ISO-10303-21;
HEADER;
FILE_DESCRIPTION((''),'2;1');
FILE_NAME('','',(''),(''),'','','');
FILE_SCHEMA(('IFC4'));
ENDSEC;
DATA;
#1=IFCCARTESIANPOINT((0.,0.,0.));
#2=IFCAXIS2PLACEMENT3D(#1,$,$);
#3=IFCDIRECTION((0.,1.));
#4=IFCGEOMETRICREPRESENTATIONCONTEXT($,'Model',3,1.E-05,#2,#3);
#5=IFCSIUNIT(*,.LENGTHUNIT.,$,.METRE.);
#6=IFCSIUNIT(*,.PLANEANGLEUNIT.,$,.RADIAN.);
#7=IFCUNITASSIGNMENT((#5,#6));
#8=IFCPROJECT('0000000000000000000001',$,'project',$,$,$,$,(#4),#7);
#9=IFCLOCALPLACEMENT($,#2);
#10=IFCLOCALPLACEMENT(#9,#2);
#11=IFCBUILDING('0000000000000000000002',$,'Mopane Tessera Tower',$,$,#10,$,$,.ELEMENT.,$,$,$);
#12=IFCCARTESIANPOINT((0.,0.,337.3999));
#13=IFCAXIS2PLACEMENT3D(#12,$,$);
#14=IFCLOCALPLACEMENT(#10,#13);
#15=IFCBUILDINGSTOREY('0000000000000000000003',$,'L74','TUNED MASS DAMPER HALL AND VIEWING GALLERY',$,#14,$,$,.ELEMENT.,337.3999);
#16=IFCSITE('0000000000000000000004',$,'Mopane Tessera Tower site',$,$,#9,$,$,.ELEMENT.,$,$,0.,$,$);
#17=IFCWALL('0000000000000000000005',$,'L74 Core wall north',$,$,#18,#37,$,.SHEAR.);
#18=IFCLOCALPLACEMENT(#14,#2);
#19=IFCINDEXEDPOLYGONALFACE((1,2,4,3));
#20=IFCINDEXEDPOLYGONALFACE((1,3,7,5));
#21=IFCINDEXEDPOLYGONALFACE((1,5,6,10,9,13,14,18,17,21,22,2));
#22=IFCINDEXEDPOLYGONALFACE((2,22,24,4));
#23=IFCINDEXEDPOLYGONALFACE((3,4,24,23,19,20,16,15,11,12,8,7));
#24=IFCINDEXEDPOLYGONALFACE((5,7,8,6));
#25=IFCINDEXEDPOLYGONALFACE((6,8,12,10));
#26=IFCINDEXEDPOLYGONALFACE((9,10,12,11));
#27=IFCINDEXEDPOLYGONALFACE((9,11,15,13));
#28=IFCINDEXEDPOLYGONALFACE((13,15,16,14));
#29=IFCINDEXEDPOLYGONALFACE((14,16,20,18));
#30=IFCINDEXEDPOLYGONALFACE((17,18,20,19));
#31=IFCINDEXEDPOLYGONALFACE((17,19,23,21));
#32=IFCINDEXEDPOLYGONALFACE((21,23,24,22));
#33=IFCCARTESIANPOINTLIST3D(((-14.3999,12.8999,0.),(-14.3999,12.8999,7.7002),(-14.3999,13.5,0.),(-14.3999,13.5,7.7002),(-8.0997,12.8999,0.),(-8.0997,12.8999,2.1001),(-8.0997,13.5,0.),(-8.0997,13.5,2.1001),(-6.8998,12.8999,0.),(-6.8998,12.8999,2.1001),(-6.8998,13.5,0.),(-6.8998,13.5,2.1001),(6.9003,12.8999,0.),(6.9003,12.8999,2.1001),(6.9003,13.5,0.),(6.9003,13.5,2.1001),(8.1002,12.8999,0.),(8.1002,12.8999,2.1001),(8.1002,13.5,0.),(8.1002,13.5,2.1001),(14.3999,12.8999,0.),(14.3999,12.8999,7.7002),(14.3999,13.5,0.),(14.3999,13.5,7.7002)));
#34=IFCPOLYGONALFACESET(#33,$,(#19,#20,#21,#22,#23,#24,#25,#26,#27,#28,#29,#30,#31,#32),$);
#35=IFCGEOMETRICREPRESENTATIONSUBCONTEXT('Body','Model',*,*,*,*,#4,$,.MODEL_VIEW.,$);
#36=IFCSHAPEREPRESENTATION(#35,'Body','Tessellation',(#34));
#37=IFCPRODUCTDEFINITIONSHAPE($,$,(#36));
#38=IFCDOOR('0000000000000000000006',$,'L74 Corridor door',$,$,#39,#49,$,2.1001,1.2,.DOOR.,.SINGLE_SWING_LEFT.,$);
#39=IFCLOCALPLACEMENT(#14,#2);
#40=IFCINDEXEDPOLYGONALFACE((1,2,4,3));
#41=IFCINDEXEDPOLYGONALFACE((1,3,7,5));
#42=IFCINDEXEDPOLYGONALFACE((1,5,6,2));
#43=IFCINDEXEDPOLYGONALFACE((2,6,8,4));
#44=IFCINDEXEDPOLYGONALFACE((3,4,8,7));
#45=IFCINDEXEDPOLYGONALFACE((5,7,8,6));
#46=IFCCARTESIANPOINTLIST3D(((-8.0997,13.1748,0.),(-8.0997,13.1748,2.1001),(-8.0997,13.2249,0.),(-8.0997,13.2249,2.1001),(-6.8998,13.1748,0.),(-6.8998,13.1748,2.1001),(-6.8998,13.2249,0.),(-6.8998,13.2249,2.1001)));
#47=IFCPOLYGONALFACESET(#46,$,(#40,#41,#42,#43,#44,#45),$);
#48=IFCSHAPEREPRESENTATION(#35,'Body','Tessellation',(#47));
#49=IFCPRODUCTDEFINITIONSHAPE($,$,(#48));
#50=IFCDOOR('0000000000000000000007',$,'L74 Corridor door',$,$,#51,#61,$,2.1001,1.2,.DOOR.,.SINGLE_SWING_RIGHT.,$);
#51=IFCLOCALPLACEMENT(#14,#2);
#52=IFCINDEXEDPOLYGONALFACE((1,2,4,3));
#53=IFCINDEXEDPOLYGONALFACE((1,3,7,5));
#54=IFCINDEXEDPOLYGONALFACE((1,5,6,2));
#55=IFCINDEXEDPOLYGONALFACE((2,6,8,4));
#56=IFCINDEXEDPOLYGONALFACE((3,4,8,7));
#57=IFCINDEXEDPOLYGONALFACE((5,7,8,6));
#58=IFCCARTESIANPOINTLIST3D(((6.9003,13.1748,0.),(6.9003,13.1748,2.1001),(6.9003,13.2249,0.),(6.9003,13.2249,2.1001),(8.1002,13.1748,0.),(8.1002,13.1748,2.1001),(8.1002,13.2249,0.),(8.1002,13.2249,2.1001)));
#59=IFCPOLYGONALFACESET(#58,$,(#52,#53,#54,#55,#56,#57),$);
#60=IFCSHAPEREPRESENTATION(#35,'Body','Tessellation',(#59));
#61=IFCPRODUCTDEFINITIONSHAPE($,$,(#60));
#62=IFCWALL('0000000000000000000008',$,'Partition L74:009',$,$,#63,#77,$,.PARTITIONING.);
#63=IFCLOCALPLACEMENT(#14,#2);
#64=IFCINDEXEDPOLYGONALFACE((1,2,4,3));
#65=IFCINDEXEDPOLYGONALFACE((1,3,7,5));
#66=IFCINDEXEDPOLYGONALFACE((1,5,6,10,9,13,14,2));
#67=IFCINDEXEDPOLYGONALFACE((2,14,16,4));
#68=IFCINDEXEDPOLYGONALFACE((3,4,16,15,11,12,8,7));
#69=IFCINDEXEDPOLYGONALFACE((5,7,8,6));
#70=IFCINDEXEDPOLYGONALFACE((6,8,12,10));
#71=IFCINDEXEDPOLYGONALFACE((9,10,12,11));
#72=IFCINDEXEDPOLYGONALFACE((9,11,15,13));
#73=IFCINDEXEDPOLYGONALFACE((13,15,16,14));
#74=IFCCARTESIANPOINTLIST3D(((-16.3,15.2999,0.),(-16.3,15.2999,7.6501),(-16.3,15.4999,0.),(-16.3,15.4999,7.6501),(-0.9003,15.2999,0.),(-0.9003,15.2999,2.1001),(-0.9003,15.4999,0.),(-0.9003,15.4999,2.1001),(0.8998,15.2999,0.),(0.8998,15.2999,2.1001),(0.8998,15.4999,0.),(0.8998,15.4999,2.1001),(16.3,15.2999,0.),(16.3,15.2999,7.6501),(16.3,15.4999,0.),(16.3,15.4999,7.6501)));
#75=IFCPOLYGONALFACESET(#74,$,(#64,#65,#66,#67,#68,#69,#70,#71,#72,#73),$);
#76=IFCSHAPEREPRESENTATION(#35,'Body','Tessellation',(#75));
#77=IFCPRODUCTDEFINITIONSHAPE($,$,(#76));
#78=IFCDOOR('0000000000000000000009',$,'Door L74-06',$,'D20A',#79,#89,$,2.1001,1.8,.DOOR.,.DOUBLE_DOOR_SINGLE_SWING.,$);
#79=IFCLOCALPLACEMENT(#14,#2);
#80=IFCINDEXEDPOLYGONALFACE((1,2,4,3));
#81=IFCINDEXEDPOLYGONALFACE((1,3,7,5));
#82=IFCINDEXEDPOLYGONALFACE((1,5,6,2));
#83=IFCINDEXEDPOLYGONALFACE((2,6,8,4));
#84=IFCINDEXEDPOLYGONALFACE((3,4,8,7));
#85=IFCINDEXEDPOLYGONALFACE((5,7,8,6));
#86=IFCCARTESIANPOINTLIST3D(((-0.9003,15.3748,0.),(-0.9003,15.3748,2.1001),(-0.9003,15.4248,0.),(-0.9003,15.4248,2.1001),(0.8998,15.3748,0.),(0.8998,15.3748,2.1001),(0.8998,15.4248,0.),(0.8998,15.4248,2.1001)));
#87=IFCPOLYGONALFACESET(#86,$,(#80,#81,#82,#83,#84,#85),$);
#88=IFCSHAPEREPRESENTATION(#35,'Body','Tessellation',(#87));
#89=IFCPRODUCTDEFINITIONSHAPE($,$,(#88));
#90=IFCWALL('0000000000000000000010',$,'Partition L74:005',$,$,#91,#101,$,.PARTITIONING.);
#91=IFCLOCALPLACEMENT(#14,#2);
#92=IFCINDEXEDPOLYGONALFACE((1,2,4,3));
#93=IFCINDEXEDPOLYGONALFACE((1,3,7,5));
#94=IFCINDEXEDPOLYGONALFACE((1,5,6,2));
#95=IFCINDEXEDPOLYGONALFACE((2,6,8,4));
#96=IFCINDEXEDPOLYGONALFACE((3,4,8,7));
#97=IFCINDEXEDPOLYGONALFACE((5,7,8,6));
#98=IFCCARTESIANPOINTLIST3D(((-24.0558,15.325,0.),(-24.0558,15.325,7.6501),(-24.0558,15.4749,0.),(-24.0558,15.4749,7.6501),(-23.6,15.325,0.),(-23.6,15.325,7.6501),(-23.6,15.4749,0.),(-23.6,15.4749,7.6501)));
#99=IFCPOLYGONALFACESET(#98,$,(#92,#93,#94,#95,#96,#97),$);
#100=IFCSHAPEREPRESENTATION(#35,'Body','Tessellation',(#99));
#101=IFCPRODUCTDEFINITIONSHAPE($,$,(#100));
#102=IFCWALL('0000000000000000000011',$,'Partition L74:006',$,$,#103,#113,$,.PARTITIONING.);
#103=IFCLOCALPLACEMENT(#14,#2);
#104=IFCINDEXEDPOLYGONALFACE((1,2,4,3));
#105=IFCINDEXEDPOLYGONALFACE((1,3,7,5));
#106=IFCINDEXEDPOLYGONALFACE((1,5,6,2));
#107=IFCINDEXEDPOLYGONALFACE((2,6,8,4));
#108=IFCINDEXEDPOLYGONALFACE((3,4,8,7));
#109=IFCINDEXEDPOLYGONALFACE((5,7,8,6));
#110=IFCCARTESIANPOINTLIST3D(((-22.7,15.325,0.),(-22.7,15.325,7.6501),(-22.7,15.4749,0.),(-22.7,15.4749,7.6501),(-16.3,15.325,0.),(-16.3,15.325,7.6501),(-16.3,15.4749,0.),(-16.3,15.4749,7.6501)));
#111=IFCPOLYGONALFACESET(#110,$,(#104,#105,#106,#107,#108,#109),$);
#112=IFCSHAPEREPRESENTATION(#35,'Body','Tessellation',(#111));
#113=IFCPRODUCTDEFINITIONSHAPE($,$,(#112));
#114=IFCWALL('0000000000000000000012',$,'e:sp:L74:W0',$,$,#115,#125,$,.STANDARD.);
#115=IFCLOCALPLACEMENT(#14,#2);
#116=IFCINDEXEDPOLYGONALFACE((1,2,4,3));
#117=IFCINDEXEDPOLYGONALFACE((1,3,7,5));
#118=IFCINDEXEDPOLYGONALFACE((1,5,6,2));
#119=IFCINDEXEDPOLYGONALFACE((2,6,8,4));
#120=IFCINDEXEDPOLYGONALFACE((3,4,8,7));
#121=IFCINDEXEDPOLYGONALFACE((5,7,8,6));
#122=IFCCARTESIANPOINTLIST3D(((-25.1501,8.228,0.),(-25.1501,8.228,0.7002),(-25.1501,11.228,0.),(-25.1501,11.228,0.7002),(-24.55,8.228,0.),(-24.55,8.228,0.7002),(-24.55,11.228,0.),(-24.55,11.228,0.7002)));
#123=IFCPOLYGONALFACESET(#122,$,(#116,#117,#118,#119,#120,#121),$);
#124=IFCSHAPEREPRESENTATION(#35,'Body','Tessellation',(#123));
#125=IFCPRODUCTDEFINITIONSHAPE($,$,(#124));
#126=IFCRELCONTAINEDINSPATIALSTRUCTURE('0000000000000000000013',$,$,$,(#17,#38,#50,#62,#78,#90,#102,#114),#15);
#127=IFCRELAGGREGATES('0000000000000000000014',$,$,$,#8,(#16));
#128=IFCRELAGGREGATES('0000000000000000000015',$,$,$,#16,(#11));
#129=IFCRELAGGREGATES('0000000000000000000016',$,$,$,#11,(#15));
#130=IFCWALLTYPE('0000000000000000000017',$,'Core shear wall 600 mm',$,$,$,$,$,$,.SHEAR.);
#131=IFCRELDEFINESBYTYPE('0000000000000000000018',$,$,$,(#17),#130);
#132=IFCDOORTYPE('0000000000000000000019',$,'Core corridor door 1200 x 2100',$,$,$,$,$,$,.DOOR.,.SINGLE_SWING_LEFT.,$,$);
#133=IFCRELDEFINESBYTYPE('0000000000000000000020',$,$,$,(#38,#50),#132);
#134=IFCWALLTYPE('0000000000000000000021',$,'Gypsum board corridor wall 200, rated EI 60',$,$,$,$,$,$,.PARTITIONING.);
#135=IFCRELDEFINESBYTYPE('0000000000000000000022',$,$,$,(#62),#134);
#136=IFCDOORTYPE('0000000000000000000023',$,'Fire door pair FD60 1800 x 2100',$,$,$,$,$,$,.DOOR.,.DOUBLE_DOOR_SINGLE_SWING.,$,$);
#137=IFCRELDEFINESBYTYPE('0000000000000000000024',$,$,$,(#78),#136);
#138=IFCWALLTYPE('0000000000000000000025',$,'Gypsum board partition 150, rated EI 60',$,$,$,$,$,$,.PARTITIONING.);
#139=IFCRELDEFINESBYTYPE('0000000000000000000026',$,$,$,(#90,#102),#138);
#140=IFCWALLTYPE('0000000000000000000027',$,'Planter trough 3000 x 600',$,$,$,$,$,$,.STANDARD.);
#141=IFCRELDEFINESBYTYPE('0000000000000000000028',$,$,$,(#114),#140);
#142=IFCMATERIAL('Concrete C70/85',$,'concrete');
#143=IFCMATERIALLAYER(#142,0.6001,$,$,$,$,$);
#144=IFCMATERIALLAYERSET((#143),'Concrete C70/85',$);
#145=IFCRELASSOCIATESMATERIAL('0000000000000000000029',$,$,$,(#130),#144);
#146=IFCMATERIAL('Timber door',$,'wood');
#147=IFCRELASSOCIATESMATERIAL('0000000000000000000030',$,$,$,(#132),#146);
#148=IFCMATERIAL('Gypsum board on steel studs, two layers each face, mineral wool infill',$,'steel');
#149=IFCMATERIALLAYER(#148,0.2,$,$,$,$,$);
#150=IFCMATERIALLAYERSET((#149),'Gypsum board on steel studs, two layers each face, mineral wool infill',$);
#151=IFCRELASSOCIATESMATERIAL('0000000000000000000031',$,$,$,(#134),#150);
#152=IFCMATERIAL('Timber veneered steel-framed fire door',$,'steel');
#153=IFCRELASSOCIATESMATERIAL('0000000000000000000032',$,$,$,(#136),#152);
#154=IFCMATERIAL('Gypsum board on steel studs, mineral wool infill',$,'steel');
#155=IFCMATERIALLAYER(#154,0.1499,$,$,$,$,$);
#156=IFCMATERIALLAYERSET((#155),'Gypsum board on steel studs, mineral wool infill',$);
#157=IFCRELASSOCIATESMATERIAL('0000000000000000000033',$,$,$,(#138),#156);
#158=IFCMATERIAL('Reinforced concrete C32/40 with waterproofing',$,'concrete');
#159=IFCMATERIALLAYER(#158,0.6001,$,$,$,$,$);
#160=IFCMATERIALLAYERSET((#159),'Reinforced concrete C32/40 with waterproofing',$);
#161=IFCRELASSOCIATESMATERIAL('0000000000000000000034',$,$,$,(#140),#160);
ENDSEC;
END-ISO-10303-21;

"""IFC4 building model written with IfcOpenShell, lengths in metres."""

from ifc_helpers import new_model, si_unit, direction, frame, frame_2d, origin, place, context, subcontext, project, spatial, rectangle, extrude, material, layer, layer_set, type_object, element, fill, save


model = new_model("IFC4")

# Units and contexts
model_context = context("Model", 3, precision=1e-05, world=origin(), true_north=direction((0.0, 1.0)))
body_context = subcontext(model_context, "Body", "Model", "MODEL_VIEW")
ifc_project = project(units=[si_unit("LENGTHUNIT", "METRE"), si_unit("PLANEANGLEUNIT", "RADIAN")], contexts=[model_context])

# Site, building, storey
site_placement = place(None, origin())
site = spatial("IfcSite", under=ifc_project, at=site_placement, Name="Mopane Tessera Tower site", CompositionType="ELEMENT", RefElevation=0.0)
building_placement = place(site_placement, origin())
building = spatial("IfcBuilding", under=site, at=building_placement, Name="Mopane Tessera Tower", CompositionType="ELEMENT")
storey_placement = place(building_placement, frame((0.0, 0.0, 337.3999)))
storey = spatial("IfcBuildingStorey", under=building, at=storey_placement, Name="L74", Description="TUNED MASS DAMPER HALL AND VIEWING GALLERY", CompositionType="ELEMENT", Elevation=337.3999)

# Wall, openings, doors
ifc_material_1 = material(Name="Concrete C70/85", Category="concrete")
ifc_layer_1 = layer(ifc_material_1, 0.6001)
ifc_layer_set_1 = layer_set([ifc_layer_1], Name="Concrete C70/85")
wall_type_1 = type_object("IfcWallType", Name="Core shear wall 600 mm", PredefinedType="SHEAR", material=ifc_layer_set_1)
wall_1_placement = place(storey_placement, frame((-14.3999, 13.2, 0.0), z_axis=(0.0, 0.0, 1.0), x_axis=(1.0, 0.0, 0.0)))
wall_1 = element("IfcWall", 1, at=wall_1_placement, inside=storey, type_object=wall_type_1, Name="L74 Core wall north", PredefinedType="SHEAR", context=body_context, shape_type="SweptSolid", body=[
    extrude(rectangle(XDim=28.7998, YDim=0.6001, at=frame_2d((14.3999, 0.0))), origin(), (0.0, 0.0, 1.0), 7.7002),
])
opening_1_placement = place(wall_1_placement, frame((6.3, 0.0, 0.0)))
opening_1 = element("IfcOpeningElement", 2, at=opening_1_placement, cuts=wall_1, PredefinedType="OPENING", context=body_context, shape_type="SweptSolid", body=[
    extrude(rectangle(XDim=1.2, YDim=2.1001, at=frame_2d((0.6001, 1.05))), frame((0.0, 0.312, 0.0), z_axis=(0.0, -1.0, 0.0), x_axis=(1.0, 0.0, 0.0)), (0.0, 0.0, 1.0), 0.624),
])
opening_2_placement = place(wall_1_placement, frame((21.3, 0.0, 0.0)))
opening_2 = element("IfcOpeningElement", 3, at=opening_2_placement, cuts=wall_1, PredefinedType="OPENING", context=body_context, shape_type="SweptSolid", body=[
    extrude(rectangle(XDim=1.2, YDim=2.1001, at=frame_2d((0.6001, 1.05))), frame((0.0, 0.312, 0.0), z_axis=(0.0, -1.0, 0.0), x_axis=(1.0, 0.0, 0.0)), (0.0, 0.0, 1.0), 0.624),
])
ifc_material_2 = material(Name="Timber door", Category="wood")
door_type_1 = type_object("IfcDoorType", Name="Core corridor door 1200 x 2100", OperationType="SINGLE_SWING_LEFT", PredefinedType="DOOR", material=ifc_material_2)
door_1_placement = place(opening_1_placement, origin())
door_1 = element("IfcDoor", 4, at=door_1_placement, inside=storey, type_object=door_type_1, Name="L74 Corridor door", OperationType="SINGLE_SWING_LEFT", OverallHeight=2.1001, OverallWidth=1.2, PredefinedType="DOOR", context=body_context, shape_type="SweptSolid", body=[
    extrude(rectangle(XDim=1.2, YDim=2.1001, at=frame_2d((0.6001, 1.05))), frame((0.0, 0.0249, 0.0), z_axis=(0.0, -1.0, 0.0), x_axis=(1.0, 0.0, 0.0)), (0.0, 0.0, 1.0), 0.05),
])
fill(opening_1, door_1)
door_2_placement = place(opening_2_placement, origin())
door_2 = element("IfcDoor", 5, at=door_2_placement, inside=storey, type_object=door_type_1, Name="L74 Corridor door", OperationType="SINGLE_SWING_RIGHT", OverallHeight=2.1001, OverallWidth=1.2, PredefinedType="DOOR", context=body_context, shape_type="SweptSolid", body=[
    extrude(rectangle(XDim=1.2, YDim=2.1001, at=frame_2d((0.6001, 1.05))), frame((0.0, 0.0249, 0.0), z_axis=(0.0, -1.0, 0.0), x_axis=(1.0, 0.0, 0.0)), (0.0, 0.0, 1.0), 0.05),
])
fill(opening_2, door_2)

# Wall, opening, door
ifc_material_3 = material(Name="Gypsum board on steel studs, two layers each face, mineral wool infill", Category="steel")
ifc_layer_2 = layer(ifc_material_3, 0.2)
ifc_layer_set_2 = layer_set([ifc_layer_2], Name="Gypsum board on steel studs, two layers each face, mineral wool infill")
wall_type_2 = type_object("IfcWallType", Name="Gypsum board corridor wall 200, rated EI 60", PredefinedType="PARTITIONING", material=ifc_layer_set_2)
wall_2_placement = place(storey_placement, frame((-16.3, 15.3999, 0.0), z_axis=(0.0, 0.0, 1.0), x_axis=(1.0, 0.0, 0.0)))
wall_2 = element("IfcWall", 6, at=wall_2_placement, inside=storey, type_object=wall_type_2, Name="Partition L74:009", PredefinedType="PARTITIONING", context=body_context, shape_type="SweptSolid", body=[
    extrude(rectangle(XDim=32.6001, YDim=0.2, at=frame_2d((16.3, 0.0))), origin(), (0.0, 0.0, 1.0), 7.6501),
])
opening_3_placement = place(wall_2_placement, frame((15.3999, 0.0, 0.0)))
opening_3 = element("IfcOpeningElement", 7, at=opening_3_placement, cuts=wall_2, PredefinedType="OPENING", context=body_context, shape_type="SweptSolid", body=[
    extrude(rectangle(XDim=1.8, YDim=2.1001, at=frame_2d((0.8999, 1.05))), frame((0.0, 0.1121, 0.0), z_axis=(0.0, -1.0, 0.0), x_axis=(1.0, 0.0, 0.0)), (0.0, 0.0, 1.0), 0.2239),
])
ifc_material_4 = material(Name="Timber veneered steel-framed fire door", Category="steel")
door_type_2 = type_object("IfcDoorType", Name="Fire door pair FD60 1800 x 2100", OperationType="DOUBLE_DOOR_SINGLE_SWING", PredefinedType="DOOR", material=ifc_material_4)
door_3_placement = place(opening_3_placement, origin())
door_3 = element("IfcDoor", 8, at=door_3_placement, inside=storey, type_object=door_type_2, Name="Door L74-06", ObjectType="D20A", OperationType="DOUBLE_DOOR_SINGLE_SWING", OverallHeight=2.1001, OverallWidth=1.8, PredefinedType="DOOR", context=body_context, shape_type="SweptSolid", body=[
    extrude(rectangle(XDim=1.8, YDim=2.1001, at=frame_2d((0.8999, 1.05))), frame((0.0, 0.0249, 0.0), z_axis=(0.0, -1.0, 0.0), x_axis=(1.0, 0.0, 0.0)), (0.0, 0.0, 1.0), 0.05),
])
fill(opening_3, door_3)

# Walls
ifc_material_5 = material(Name="Gypsum board on steel studs, mineral wool infill", Category="steel")
ifc_layer_3 = layer(ifc_material_5, 0.1499)
ifc_layer_set_3 = layer_set([ifc_layer_3], Name="Gypsum board on steel studs, mineral wool infill")
wall_type_3 = type_object("IfcWallType", Name="Gypsum board partition 150, rated EI 60", PredefinedType="PARTITIONING", material=ifc_layer_set_3)
wall_3_placement = place(storey_placement, frame((-24.0559, 15.3999, 0.0), z_axis=(0.0, 0.0, 1.0), x_axis=(1.0, 0.0, 0.0)))
element("IfcWall", 9, at=wall_3_placement, inside=storey, type_object=wall_type_3, Name="Partition L74:005", PredefinedType="PARTITIONING", context=body_context, shape_type="SweptSolid", body=[
    extrude(rectangle(XDim=0.4558, YDim=0.1499, at=frame_2d((0.228, 0.0))), origin(), (0.0, 0.0, 1.0), 7.6501),
])
wall_4_placement = place(storey_placement, frame((-22.7, 15.3999, 0.0), z_axis=(0.0, 0.0, 1.0), x_axis=(1.0, 0.0, 0.0)))
element("IfcWall", 10, at=wall_4_placement, inside=storey, type_object=wall_type_3, Name="Partition L74:006", PredefinedType="PARTITIONING", context=body_context, shape_type="SweptSolid", body=[
    extrude(rectangle(XDim=6.3999, YDim=0.1499, at=frame_2d((3.2, 0.0))), origin(), (0.0, 0.0, 1.0), 7.6501),
])
ifc_material_6 = material(Name="Reinforced concrete C32/40 with waterproofing", Category="concrete")
ifc_layer_4 = layer(ifc_material_6, 0.6001)
ifc_layer_set_4 = layer_set([ifc_layer_4], Name="Reinforced concrete C32/40 with waterproofing")
wall_type_4 = type_object("IfcWallType", Name="Planter trough 3000 x 600", PredefinedType="STANDARD", material=ifc_layer_set_4)
wall_5_placement = place(storey_placement, frame((-24.8501, 11.228, 0.0), z_axis=(0.0, 0.0, 1.0), x_axis=(0.0, -1.0, 0.0)))
element("IfcWall", 11, at=wall_5_placement, inside=storey, type_object=wall_type_4, Name="e:sp:L74:W0", PredefinedType="STANDARD", context=body_context, shape_type="SweptSolid", body=[
    extrude(rectangle(XDim=3.0, YDim=0.6001, at=frame_2d((1.5, 0.0))), origin(), (0.0, 0.0, 1.0), 0.7002),
])

save(model, "model.ifc")
